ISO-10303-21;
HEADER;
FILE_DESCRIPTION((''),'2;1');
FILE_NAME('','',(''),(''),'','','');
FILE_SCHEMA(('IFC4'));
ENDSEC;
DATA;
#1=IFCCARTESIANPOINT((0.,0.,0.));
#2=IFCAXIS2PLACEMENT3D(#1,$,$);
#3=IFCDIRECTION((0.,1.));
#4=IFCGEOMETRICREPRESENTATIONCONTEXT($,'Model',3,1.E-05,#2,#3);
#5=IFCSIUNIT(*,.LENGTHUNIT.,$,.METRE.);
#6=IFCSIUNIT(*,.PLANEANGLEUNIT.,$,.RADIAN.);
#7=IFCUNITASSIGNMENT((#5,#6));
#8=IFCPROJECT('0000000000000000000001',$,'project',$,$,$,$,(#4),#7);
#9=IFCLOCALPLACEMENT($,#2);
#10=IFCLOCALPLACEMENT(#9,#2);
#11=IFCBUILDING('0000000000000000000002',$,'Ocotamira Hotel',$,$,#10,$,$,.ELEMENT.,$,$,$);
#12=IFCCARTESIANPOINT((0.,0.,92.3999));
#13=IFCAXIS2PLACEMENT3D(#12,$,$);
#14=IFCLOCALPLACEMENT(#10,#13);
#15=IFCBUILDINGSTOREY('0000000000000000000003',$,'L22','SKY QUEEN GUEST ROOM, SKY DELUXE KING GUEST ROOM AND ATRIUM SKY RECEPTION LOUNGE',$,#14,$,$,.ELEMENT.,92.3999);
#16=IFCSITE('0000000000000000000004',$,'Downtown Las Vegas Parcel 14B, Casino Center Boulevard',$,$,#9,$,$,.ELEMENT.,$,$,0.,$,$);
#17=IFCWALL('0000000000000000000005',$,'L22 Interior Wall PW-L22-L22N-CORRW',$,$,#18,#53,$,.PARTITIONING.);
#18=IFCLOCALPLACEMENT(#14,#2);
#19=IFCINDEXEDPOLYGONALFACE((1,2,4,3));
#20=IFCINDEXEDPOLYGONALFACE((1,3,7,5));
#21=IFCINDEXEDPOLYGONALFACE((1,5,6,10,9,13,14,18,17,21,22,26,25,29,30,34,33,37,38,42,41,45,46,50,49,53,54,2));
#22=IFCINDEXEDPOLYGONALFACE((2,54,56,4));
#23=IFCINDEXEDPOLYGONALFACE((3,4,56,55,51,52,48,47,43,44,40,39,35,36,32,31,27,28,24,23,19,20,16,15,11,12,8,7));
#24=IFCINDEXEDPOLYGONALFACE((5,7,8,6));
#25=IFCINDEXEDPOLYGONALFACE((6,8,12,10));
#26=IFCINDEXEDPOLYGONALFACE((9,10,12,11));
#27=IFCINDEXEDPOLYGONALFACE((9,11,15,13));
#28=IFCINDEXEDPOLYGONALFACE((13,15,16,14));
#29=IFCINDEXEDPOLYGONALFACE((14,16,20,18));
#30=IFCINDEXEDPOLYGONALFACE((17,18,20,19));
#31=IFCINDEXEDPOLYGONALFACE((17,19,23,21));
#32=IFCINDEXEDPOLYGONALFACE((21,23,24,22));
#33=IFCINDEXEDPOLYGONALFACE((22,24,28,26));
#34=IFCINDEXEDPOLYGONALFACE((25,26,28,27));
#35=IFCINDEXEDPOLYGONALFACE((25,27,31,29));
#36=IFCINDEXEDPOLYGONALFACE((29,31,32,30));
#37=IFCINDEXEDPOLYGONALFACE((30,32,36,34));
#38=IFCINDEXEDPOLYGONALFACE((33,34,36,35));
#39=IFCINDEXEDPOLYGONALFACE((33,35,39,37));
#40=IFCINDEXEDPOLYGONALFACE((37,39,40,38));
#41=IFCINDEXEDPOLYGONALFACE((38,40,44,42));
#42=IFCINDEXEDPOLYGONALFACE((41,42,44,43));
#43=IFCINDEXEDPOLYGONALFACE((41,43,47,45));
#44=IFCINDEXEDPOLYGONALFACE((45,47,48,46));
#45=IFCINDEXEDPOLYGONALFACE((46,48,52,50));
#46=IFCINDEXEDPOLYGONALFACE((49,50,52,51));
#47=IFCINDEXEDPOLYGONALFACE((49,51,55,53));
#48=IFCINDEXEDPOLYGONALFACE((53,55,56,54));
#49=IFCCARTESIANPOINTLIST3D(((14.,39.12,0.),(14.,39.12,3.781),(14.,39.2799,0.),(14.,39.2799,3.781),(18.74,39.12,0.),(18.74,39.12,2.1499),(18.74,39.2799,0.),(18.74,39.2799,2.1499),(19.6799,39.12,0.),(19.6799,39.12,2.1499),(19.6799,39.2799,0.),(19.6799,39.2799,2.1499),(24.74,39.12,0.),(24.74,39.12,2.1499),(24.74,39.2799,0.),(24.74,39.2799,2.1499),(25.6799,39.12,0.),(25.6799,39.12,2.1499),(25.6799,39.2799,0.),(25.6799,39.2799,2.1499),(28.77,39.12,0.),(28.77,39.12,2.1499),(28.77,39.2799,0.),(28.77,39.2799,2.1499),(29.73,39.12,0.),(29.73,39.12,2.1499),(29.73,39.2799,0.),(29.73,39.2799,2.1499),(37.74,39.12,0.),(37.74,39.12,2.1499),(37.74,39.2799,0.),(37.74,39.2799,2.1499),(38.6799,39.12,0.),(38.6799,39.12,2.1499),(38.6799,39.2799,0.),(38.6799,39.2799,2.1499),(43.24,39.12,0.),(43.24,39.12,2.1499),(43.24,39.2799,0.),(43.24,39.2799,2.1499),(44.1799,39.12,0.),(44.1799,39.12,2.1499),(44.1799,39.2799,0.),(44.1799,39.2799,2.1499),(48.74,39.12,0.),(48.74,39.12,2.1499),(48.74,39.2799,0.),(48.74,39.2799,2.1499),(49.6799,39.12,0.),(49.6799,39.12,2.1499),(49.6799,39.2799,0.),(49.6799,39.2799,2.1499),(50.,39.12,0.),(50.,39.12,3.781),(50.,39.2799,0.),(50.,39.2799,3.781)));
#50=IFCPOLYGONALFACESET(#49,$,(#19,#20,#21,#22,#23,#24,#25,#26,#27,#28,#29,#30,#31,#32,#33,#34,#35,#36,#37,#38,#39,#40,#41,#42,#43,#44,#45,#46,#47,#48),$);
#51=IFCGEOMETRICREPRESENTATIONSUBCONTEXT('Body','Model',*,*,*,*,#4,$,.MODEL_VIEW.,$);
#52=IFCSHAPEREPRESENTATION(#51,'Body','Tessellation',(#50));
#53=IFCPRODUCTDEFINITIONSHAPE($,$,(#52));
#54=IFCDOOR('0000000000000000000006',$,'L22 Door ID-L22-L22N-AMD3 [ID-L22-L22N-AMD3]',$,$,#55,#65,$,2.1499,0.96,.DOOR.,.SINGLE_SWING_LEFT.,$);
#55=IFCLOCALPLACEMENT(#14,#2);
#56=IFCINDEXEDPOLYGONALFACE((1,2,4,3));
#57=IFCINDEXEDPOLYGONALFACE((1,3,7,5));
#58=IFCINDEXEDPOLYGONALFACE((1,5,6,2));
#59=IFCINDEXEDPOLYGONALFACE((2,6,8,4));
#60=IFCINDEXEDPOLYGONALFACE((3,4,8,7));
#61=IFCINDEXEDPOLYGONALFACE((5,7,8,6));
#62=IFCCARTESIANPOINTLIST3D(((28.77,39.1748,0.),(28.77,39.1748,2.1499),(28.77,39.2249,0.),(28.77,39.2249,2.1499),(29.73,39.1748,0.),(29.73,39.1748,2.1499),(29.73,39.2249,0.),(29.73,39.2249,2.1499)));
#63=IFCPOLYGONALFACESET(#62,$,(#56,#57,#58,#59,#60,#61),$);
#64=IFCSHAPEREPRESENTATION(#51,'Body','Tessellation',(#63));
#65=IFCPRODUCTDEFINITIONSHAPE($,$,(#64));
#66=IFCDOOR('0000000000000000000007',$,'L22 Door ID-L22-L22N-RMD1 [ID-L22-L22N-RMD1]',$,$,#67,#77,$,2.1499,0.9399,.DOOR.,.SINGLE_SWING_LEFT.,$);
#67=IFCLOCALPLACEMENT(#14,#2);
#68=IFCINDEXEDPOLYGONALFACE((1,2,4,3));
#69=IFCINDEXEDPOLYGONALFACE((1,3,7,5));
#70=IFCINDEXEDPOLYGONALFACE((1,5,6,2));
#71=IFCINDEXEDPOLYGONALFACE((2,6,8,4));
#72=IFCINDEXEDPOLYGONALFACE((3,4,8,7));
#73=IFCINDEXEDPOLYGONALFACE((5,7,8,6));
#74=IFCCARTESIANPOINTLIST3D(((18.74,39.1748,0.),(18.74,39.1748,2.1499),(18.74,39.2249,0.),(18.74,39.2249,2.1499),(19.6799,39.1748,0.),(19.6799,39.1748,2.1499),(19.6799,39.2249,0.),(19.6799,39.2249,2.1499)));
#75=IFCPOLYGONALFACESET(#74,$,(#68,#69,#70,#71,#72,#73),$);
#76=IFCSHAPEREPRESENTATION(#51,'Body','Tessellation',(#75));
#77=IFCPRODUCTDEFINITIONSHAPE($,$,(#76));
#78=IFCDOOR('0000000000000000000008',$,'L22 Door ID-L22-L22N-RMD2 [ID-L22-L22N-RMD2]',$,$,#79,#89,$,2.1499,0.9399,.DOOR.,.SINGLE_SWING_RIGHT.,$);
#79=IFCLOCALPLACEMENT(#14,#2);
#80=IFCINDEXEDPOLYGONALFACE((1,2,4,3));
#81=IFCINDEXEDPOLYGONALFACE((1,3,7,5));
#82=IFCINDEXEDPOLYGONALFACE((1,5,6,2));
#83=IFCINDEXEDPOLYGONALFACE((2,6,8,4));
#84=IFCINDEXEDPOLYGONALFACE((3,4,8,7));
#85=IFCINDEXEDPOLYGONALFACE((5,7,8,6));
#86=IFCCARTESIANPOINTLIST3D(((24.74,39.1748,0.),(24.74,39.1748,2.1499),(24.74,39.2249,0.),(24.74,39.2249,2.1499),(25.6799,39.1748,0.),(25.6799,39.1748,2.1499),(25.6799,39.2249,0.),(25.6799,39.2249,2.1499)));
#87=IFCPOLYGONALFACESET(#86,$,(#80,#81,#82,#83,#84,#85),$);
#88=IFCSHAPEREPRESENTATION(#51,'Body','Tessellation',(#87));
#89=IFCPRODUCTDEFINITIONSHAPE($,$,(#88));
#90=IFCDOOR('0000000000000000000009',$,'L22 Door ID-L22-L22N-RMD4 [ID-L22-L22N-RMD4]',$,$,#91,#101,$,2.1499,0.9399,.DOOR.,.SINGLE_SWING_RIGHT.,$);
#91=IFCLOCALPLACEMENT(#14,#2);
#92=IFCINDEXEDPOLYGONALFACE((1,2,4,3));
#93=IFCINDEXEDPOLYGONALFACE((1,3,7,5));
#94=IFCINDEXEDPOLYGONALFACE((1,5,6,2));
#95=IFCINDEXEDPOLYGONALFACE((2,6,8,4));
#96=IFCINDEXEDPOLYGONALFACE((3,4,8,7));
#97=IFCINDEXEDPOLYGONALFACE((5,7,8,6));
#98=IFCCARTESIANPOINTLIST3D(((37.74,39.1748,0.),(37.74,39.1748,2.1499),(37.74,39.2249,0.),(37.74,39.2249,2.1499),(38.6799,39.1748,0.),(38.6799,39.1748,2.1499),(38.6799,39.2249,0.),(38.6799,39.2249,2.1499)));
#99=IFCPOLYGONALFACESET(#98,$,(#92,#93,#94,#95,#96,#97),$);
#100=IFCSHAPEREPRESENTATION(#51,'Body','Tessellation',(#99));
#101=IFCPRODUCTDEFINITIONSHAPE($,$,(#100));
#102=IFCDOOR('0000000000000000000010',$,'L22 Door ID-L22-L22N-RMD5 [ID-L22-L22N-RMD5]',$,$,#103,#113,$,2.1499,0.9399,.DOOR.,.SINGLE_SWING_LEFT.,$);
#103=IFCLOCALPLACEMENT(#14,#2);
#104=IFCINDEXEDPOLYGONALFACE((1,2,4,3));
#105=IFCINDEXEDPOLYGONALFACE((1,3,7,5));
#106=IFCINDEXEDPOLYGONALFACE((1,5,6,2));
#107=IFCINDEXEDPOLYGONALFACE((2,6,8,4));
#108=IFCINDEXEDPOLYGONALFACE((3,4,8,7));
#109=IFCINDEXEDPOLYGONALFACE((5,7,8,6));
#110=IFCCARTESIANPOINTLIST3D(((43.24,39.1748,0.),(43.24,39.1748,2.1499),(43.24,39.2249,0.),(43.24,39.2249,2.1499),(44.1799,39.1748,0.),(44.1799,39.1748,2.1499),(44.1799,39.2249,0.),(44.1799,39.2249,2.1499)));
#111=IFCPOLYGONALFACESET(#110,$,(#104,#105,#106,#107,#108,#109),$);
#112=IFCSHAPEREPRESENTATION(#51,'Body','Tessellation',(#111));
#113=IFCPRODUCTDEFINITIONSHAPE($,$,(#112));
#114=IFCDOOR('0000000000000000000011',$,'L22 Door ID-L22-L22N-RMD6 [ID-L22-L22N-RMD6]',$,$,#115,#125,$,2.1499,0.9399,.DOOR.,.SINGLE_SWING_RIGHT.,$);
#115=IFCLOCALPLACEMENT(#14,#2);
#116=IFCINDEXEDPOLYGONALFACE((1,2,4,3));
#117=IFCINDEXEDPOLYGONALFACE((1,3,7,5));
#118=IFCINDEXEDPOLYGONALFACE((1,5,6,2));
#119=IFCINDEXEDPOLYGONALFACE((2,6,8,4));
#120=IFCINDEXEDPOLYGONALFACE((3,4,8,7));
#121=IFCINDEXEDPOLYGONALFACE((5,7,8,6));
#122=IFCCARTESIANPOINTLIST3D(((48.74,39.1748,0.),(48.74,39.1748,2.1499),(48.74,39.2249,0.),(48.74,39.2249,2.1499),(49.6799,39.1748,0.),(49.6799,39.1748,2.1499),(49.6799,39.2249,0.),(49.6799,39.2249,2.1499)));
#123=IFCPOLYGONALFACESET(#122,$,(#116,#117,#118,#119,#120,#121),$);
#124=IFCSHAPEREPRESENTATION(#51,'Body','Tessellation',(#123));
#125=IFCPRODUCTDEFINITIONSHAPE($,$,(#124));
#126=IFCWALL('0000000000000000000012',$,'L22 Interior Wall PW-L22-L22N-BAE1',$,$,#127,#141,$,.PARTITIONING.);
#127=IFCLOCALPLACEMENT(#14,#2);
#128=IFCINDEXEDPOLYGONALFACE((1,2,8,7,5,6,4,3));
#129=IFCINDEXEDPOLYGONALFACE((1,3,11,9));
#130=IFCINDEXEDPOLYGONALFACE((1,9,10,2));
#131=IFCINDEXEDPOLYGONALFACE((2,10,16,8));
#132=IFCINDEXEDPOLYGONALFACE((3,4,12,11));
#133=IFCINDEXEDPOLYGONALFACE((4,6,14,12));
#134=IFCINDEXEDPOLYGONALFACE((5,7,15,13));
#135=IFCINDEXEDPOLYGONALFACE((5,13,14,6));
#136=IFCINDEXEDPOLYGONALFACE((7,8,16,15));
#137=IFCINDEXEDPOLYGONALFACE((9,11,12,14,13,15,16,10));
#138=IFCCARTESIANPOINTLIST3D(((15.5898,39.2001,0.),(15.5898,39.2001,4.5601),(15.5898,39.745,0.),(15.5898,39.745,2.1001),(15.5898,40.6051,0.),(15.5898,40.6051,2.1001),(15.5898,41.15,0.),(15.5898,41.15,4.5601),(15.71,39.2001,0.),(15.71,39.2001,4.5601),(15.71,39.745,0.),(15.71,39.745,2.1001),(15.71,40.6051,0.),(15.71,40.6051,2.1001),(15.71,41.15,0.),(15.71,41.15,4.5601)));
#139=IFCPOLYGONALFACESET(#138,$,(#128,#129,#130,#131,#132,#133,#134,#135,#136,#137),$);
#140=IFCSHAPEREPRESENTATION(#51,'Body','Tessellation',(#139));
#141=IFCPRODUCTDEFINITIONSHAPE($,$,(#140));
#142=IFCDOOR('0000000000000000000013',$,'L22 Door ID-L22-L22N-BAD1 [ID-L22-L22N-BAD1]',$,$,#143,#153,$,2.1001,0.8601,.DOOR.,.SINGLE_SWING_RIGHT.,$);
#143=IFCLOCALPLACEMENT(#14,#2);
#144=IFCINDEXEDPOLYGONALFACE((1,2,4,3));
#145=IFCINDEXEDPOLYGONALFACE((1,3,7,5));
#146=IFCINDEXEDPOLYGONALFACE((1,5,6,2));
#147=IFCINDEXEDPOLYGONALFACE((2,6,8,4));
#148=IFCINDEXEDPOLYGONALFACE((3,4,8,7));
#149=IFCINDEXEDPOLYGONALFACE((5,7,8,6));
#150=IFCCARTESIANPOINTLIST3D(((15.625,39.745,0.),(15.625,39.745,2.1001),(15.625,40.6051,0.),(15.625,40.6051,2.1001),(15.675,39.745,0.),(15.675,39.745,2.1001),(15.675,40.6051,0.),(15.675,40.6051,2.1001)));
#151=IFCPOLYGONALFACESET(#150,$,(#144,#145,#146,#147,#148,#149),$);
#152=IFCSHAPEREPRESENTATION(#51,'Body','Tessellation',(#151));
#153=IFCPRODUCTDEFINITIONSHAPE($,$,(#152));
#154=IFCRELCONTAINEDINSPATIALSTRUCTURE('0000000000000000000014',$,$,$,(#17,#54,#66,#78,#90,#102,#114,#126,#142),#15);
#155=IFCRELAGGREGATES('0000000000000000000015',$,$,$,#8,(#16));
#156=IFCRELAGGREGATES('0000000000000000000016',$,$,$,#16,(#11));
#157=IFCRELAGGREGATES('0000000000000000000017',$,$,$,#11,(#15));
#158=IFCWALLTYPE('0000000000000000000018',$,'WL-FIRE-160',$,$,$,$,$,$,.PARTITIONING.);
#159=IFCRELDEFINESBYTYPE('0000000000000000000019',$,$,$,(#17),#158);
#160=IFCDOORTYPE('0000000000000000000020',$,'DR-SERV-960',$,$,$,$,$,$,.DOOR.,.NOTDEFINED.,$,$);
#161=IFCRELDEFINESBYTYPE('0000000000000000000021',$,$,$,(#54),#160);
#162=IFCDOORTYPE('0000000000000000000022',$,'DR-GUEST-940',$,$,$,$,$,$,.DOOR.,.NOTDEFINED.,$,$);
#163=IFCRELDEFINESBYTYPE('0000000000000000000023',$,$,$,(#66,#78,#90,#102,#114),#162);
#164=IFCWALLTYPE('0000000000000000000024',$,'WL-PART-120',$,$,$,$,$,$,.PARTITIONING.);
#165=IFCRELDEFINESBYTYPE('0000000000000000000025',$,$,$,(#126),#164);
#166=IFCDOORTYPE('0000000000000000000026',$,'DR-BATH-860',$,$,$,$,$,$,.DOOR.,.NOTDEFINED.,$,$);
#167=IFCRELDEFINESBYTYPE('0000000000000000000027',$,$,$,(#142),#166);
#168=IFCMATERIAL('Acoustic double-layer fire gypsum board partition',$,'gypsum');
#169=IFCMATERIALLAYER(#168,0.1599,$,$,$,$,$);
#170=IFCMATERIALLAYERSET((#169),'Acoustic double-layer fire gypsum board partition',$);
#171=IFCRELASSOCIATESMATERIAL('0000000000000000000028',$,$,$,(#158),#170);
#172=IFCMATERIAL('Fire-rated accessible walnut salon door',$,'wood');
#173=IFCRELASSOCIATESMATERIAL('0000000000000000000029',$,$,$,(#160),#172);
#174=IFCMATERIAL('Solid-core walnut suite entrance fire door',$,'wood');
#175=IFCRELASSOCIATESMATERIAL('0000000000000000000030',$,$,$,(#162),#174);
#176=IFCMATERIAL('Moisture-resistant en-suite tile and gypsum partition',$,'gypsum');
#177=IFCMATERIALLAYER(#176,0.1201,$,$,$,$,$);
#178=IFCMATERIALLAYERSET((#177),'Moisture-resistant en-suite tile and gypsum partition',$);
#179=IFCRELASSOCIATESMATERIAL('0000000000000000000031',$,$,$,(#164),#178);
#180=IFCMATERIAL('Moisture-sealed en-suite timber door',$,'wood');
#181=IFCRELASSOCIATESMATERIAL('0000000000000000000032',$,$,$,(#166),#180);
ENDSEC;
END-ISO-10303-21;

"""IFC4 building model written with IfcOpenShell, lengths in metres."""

from ifc_helpers import new_model, si_unit, direction, frame, frame_2d, origin, place, context, subcontext, project, spatial, rectangle, extrude, source, transform, mapped, material, layer, layer_set, type_object, element, fill, save


model = new_model("IFC4")

# Units and contexts
model_context = context("Model", 3, precision=1e-05, world=origin(), true_north=direction((0.0, 1.0)))
body_context = subcontext(model_context, "Body", "Model", "MODEL_VIEW")
ifc_project = project(units=[si_unit("LENGTHUNIT", "METRE"), si_unit("PLANEANGLEUNIT", "RADIAN")], contexts=[model_context])

# Site, building, storey
site_placement = place(None, origin())
site = spatial("IfcSite", under=ifc_project, at=site_placement, Name="Downtown Las Vegas Parcel 14B, Casino Center Boulevard", CompositionType="ELEMENT", RefElevation=0.0)
building_placement = place(site_placement, origin())
building = spatial("IfcBuilding", under=site, at=building_placement, Name="Ocotamira Hotel", CompositionType="ELEMENT")
storey_placement = place(building_placement, frame((0.0, 0.0, 92.3999)))
storey = spatial("IfcBuildingStorey", under=building, at=storey_placement, Name="L22", Description="SKY QUEEN GUEST ROOM, SKY DELUXE KING GUEST ROOM AND ATRIUM SKY RECEPTION LOUNGE", CompositionType="ELEMENT", Elevation=92.3999)

# Wall, openings, doors
ifc_material_1 = material(Name="Acoustic double-layer fire gypsum board partition", Category="gypsum")
ifc_layer_1 = layer(ifc_material_1, 0.1599)
ifc_layer_set_1 = layer_set([ifc_layer_1], Name="Acoustic double-layer fire gypsum board partition")
wall_type_1 = type_object("IfcWallType", Name="WL-FIRE-160", PredefinedType="PARTITIONING", material=ifc_layer_set_1)
wall_1_placement = place(storey_placement, frame((14.0, 39.2, 0.0), z_axis=(0.0, 0.0, 1.0), x_axis=(1.0, 0.0, 0.0)))
wall_1 = element("IfcWall", 1, at=wall_1_placement, inside=storey, type_object=wall_type_1, Name="L22 Interior Wall PW-L22-L22N-CORRW", PredefinedType="PARTITIONING", context=body_context, shape_type="SweptSolid", body=[
    extrude(rectangle(XDim=36.0, YDim=0.1599, at=frame_2d((18.0, 0.0))), origin(), (0.0, 0.0, 1.0), 3.781),
])
opening_1_placement = place(wall_1_placement, frame((4.74, 0.0, 0.0)))
opening_1 = element("IfcOpeningElement", 2, at=opening_1_placement, cuts=wall_1, PredefinedType="OPENING", context=body_context, shape_type="SweptSolid", body=[
    extrude(rectangle(XDim=0.9399, YDim=2.1499, at=frame_2d((0.47, 1.075))), frame((0.0, 0.0898, 0.0), z_axis=(0.0, -1.0, 0.0), x_axis=(1.0, 0.0, 0.0)), (0.0, 0.0, 1.0), 0.1799),
])
opening_2_placement = place(wall_1_placement, frame((10.74, 0.0, 0.0)))
opening_2 = element("IfcOpeningElement", 3, at=opening_2_placement, cuts=wall_1, PredefinedType="OPENING", context=body_context, shape_type="SweptSolid", body=[
    extrude(rectangle(XDim=0.9399, YDim=2.1499, at=frame_2d((0.47, 1.075))), frame((0.0, 0.0898, 0.0), z_axis=(0.0, -1.0, 0.0), x_axis=(1.0, 0.0, 0.0)), (0.0, 0.0, 1.0), 0.1799),
])
opening_3_placement = place(wall_1_placement, frame((14.77, 0.0, 0.0)))
opening_3 = element("IfcOpeningElement", 4, at=opening_3_placement, cuts=wall_1, PredefinedType="OPENING", context=body_context, shape_type="SweptSolid", body=[
    extrude(rectangle(XDim=0.96, YDim=2.1499, at=frame_2d((0.48, 1.075))), frame((0.0, 0.0898, 0.0), z_axis=(0.0, -1.0, 0.0), x_axis=(1.0, 0.0, 0.0)), (0.0, 0.0, 1.0), 0.1799),
])
opening_4_placement = place(wall_1_placement, frame((23.74, 0.0, 0.0)))
opening_4 = element("IfcOpeningElement", 5, at=opening_4_placement, cuts=wall_1, PredefinedType="OPENING", context=body_context, shape_type="SweptSolid", body=[
    extrude(rectangle(XDim=0.9399, YDim=2.1499, at=frame_2d((0.47, 1.075))), frame((0.0, 0.0898, 0.0), z_axis=(0.0, -1.0, 0.0), x_axis=(1.0, 0.0, 0.0)), (0.0, 0.0, 1.0), 0.1799),
])
opening_5_placement = place(wall_1_placement, frame((29.24, 0.0, 0.0)))
opening_5 = element("IfcOpeningElement", 6, at=opening_5_placement, cuts=wall_1, PredefinedType="OPENING", context=body_context, shape_type="SweptSolid", body=[
    extrude(rectangle(XDim=0.9399, YDim=2.1499, at=frame_2d((0.47, 1.075))), frame((0.0, 0.0898, 0.0), z_axis=(0.0, -1.0, 0.0), x_axis=(1.0, 0.0, 0.0)), (0.0, 0.0, 1.0), 0.1799),
])
opening_6_placement = place(wall_1_placement, frame((34.74, 0.0, 0.0)))
opening_6 = element("IfcOpeningElement", 7, at=opening_6_placement, cuts=wall_1, PredefinedType="OPENING", context=body_context, shape_type="SweptSolid", body=[
    extrude(rectangle(XDim=0.9399, YDim=2.1499, at=frame_2d((0.47, 1.075))), frame((0.0, 0.0898, 0.0), z_axis=(0.0, -1.0, 0.0), x_axis=(1.0, 0.0, 0.0)), (0.0, 0.0, 1.0), 0.1799),
])
ifc_material_2 = material(Name="Fire-rated accessible walnut salon door", Category="wood")
door_type_1 = type_object("IfcDoorType", Name="DR-SERV-960", OperationType="NOTDEFINED", PredefinedType="DOOR", material=ifc_material_2)
shared_shape_1 = source(origin(), body_context, "Body", "SweptSolid", [
    extrude(rectangle(XDim=0.96, YDim=2.1499, at=frame_2d((0.48, 1.075))), frame((0.0, 0.0249, 0.0), z_axis=(0.0, -1.0, 0.0), x_axis=(1.0, 0.0, 0.0)), (0.0, 0.0, 1.0), 0.05),
])
door_1_placement = place(opening_3_placement, origin())
door_1 = element("IfcDoor", 8, at=door_1_placement, inside=storey, type_object=door_type_1, Name="L22 Door ID-L22-L22N-AMD3 [ID-L22-L22N-AMD3]", OperationType="SINGLE_SWING_LEFT", OverallHeight=2.1499, OverallWidth=0.96, PredefinedType="DOOR", context=body_context, shape_type="MappedRepresentation", body=[
    mapped(shared_shape_1, transform((0.0, 0.0, 0.0), scale=1.0)),
])
fill(opening_3, door_1)
ifc_material_3 = material(Name="Solid-core walnut suite entrance fire door", Category="wood")
door_type_2 = type_object("IfcDoorType", Name="DR-GUEST-940", OperationType="NOTDEFINED", PredefinedType="DOOR", material=ifc_material_3)
shared_shape_2 = source(origin(), body_context, "Body", "SweptSolid", [
    extrude(rectangle(XDim=0.9399, YDim=2.1499, at=frame_2d((0.47, 1.075))), frame((0.0, 0.0249, 0.0), z_axis=(0.0, -1.0, 0.0), x_axis=(1.0, 0.0, 0.0)), (0.0, 0.0, 1.0), 0.05),
])
door_2_placement = place(opening_1_placement, origin())
door_2 = element("IfcDoor", 9, at=door_2_placement, inside=storey, type_object=door_type_2, Name="L22 Door ID-L22-L22N-RMD1 [ID-L22-L22N-RMD1]", OperationType="SINGLE_SWING_LEFT", OverallHeight=2.1499, OverallWidth=0.9399, PredefinedType="DOOR", context=body_context, shape_type="MappedRepresentation", body=[
    mapped(shared_shape_2, transform((0.0, 0.0, 0.0), scale=1.0)),
])
fill(opening_1, door_2)
door_3_placement = place(opening_2_placement, origin())
door_3 = element("IfcDoor", 10, at=door_3_placement, inside=storey, type_object=door_type_2, Name="L22 Door ID-L22-L22N-RMD2 [ID-L22-L22N-RMD2]", OperationType="SINGLE_SWING_RIGHT", OverallHeight=2.1499, OverallWidth=0.9399, PredefinedType="DOOR", context=body_context, shape_type="MappedRepresentation", body=[
    mapped(shared_shape_2, transform((0.0, 0.0, 0.0), scale=1.0)),
])
fill(opening_2, door_3)
door_4_placement = place(opening_4_placement, origin())
door_4 = element("IfcDoor", 11, at=door_4_placement, inside=storey, type_object=door_type_2, Name="L22 Door ID-L22-L22N-RMD4 [ID-L22-L22N-RMD4]", OperationType="SINGLE_SWING_RIGHT", OverallHeight=2.1499, OverallWidth=0.9399, PredefinedType="DOOR", context=body_context, shape_type="MappedRepresentation", body=[
    mapped(shared_shape_2, transform((0.0, 0.0, 0.0), scale=1.0)),
])
fill(opening_4, door_4)
door_5_placement = place(opening_5_placement, origin())
door_5 = element("IfcDoor", 12, at=door_5_placement, inside=storey, type_object=door_type_2, Name="L22 Door ID-L22-L22N-RMD5 [ID-L22-L22N-RMD5]", OperationType="SINGLE_SWING_LEFT", OverallHeight=2.1499, OverallWidth=0.9399, PredefinedType="DOOR", context=body_context, shape_type="MappedRepresentation", body=[
    mapped(shared_shape_2, transform((0.0, 0.0, 0.0), scale=1.0)),
])
fill(opening_5, door_5)
door_6_placement = place(opening_6_placement, origin())
door_6 = element("IfcDoor", 13, at=door_6_placement, inside=storey, type_object=door_type_2, Name="L22 Door ID-L22-L22N-RMD6 [ID-L22-L22N-RMD6]", OperationType="SINGLE_SWING_RIGHT", OverallHeight=2.1499, OverallWidth=0.9399, PredefinedType="DOOR", context=body_context, shape_type="MappedRepresentation", body=[
    mapped(shared_shape_2, transform((0.0, 0.0, 0.0), scale=1.0)),
])
fill(opening_6, door_6)

# Wall, opening, door
ifc_material_4 = material(Name="Moisture-resistant en-suite tile and gypsum partition", Category="gypsum")
ifc_layer_2 = layer(ifc_material_4, 0.1201)
ifc_layer_set_2 = layer_set([ifc_layer_2], Name="Moisture-resistant en-suite tile and gypsum partition")
wall_type_2 = type_object("IfcWallType", Name="WL-PART-120", PredefinedType="PARTITIONING", material=ifc_layer_set_2)
wall_2_placement = place(storey_placement, frame((15.6499, 39.2, 0.0), z_axis=(0.0, 0.0, 1.0), x_axis=(0.0, 1.0, 0.0)))
wall_2 = element("IfcWall", 14, at=wall_2_placement, inside=storey, type_object=wall_type_2, Name="L22 Interior Wall PW-L22-L22N-BAE1", PredefinedType="PARTITIONING", context=body_context, shape_type="SweptSolid", body=[
    extrude(rectangle(XDim=1.95, YDim=0.1201, at=frame_2d((0.9751, 0.0))), origin(), (0.0, 0.0, 1.0), 4.5601),
])
opening_7_placement = place(wall_2_placement, frame((0.5449, 0.0, 0.0)))
opening_7 = element("IfcOpeningElement", 15, at=opening_7_placement, cuts=wall_2, PredefinedType="OPENING", context=body_context, shape_type="SweptSolid", body=[
    extrude(rectangle(XDim=0.8601, YDim=2.1001, at=frame_2d((0.4302, 1.05))), frame((0.0, 0.0701, 0.0), z_axis=(0.0, -1.0, 0.0), x_axis=(1.0, 0.0, 0.0)), (0.0, 0.0, 1.0), 0.1401),
])
ifc_material_5 = material(Name="Moisture-sealed en-suite timber door", Category="wood")
door_type_3 = type_object("IfcDoorType", Name="DR-BATH-860", OperationType="NOTDEFINED", PredefinedType="DOOR", material=ifc_material_5)
shared_shape_3 = source(origin(), body_context, "Body", "SweptSolid", [
    extrude(rectangle(XDim=0.8601, YDim=2.1001, at=frame_2d((0.4302, 1.05))), frame((0.0, 0.0249, 0.0), z_axis=(0.0, -1.0, 0.0), x_axis=(1.0, 0.0, 0.0)), (0.0, 0.0, 1.0), 0.05),
])
door_7_placement = place(opening_7_placement, origin())
door_7 = element("IfcDoor", 16, at=door_7_placement, inside=storey, type_object=door_type_3, Name="L22 Door ID-L22-L22N-BAD1 [ID-L22-L22N-BAD1]", OperationType="SINGLE_SWING_RIGHT", OverallHeight=2.1001, OverallWidth=0.8601, PredefinedType="DOOR", context=body_context, shape_type="MappedRepresentation", body=[
    mapped(shared_shape_3, transform((0.0, 0.0, 0.0), scale=1.0)),
])
fill(opening_7, door_7)

save(model, "model.ifc")
